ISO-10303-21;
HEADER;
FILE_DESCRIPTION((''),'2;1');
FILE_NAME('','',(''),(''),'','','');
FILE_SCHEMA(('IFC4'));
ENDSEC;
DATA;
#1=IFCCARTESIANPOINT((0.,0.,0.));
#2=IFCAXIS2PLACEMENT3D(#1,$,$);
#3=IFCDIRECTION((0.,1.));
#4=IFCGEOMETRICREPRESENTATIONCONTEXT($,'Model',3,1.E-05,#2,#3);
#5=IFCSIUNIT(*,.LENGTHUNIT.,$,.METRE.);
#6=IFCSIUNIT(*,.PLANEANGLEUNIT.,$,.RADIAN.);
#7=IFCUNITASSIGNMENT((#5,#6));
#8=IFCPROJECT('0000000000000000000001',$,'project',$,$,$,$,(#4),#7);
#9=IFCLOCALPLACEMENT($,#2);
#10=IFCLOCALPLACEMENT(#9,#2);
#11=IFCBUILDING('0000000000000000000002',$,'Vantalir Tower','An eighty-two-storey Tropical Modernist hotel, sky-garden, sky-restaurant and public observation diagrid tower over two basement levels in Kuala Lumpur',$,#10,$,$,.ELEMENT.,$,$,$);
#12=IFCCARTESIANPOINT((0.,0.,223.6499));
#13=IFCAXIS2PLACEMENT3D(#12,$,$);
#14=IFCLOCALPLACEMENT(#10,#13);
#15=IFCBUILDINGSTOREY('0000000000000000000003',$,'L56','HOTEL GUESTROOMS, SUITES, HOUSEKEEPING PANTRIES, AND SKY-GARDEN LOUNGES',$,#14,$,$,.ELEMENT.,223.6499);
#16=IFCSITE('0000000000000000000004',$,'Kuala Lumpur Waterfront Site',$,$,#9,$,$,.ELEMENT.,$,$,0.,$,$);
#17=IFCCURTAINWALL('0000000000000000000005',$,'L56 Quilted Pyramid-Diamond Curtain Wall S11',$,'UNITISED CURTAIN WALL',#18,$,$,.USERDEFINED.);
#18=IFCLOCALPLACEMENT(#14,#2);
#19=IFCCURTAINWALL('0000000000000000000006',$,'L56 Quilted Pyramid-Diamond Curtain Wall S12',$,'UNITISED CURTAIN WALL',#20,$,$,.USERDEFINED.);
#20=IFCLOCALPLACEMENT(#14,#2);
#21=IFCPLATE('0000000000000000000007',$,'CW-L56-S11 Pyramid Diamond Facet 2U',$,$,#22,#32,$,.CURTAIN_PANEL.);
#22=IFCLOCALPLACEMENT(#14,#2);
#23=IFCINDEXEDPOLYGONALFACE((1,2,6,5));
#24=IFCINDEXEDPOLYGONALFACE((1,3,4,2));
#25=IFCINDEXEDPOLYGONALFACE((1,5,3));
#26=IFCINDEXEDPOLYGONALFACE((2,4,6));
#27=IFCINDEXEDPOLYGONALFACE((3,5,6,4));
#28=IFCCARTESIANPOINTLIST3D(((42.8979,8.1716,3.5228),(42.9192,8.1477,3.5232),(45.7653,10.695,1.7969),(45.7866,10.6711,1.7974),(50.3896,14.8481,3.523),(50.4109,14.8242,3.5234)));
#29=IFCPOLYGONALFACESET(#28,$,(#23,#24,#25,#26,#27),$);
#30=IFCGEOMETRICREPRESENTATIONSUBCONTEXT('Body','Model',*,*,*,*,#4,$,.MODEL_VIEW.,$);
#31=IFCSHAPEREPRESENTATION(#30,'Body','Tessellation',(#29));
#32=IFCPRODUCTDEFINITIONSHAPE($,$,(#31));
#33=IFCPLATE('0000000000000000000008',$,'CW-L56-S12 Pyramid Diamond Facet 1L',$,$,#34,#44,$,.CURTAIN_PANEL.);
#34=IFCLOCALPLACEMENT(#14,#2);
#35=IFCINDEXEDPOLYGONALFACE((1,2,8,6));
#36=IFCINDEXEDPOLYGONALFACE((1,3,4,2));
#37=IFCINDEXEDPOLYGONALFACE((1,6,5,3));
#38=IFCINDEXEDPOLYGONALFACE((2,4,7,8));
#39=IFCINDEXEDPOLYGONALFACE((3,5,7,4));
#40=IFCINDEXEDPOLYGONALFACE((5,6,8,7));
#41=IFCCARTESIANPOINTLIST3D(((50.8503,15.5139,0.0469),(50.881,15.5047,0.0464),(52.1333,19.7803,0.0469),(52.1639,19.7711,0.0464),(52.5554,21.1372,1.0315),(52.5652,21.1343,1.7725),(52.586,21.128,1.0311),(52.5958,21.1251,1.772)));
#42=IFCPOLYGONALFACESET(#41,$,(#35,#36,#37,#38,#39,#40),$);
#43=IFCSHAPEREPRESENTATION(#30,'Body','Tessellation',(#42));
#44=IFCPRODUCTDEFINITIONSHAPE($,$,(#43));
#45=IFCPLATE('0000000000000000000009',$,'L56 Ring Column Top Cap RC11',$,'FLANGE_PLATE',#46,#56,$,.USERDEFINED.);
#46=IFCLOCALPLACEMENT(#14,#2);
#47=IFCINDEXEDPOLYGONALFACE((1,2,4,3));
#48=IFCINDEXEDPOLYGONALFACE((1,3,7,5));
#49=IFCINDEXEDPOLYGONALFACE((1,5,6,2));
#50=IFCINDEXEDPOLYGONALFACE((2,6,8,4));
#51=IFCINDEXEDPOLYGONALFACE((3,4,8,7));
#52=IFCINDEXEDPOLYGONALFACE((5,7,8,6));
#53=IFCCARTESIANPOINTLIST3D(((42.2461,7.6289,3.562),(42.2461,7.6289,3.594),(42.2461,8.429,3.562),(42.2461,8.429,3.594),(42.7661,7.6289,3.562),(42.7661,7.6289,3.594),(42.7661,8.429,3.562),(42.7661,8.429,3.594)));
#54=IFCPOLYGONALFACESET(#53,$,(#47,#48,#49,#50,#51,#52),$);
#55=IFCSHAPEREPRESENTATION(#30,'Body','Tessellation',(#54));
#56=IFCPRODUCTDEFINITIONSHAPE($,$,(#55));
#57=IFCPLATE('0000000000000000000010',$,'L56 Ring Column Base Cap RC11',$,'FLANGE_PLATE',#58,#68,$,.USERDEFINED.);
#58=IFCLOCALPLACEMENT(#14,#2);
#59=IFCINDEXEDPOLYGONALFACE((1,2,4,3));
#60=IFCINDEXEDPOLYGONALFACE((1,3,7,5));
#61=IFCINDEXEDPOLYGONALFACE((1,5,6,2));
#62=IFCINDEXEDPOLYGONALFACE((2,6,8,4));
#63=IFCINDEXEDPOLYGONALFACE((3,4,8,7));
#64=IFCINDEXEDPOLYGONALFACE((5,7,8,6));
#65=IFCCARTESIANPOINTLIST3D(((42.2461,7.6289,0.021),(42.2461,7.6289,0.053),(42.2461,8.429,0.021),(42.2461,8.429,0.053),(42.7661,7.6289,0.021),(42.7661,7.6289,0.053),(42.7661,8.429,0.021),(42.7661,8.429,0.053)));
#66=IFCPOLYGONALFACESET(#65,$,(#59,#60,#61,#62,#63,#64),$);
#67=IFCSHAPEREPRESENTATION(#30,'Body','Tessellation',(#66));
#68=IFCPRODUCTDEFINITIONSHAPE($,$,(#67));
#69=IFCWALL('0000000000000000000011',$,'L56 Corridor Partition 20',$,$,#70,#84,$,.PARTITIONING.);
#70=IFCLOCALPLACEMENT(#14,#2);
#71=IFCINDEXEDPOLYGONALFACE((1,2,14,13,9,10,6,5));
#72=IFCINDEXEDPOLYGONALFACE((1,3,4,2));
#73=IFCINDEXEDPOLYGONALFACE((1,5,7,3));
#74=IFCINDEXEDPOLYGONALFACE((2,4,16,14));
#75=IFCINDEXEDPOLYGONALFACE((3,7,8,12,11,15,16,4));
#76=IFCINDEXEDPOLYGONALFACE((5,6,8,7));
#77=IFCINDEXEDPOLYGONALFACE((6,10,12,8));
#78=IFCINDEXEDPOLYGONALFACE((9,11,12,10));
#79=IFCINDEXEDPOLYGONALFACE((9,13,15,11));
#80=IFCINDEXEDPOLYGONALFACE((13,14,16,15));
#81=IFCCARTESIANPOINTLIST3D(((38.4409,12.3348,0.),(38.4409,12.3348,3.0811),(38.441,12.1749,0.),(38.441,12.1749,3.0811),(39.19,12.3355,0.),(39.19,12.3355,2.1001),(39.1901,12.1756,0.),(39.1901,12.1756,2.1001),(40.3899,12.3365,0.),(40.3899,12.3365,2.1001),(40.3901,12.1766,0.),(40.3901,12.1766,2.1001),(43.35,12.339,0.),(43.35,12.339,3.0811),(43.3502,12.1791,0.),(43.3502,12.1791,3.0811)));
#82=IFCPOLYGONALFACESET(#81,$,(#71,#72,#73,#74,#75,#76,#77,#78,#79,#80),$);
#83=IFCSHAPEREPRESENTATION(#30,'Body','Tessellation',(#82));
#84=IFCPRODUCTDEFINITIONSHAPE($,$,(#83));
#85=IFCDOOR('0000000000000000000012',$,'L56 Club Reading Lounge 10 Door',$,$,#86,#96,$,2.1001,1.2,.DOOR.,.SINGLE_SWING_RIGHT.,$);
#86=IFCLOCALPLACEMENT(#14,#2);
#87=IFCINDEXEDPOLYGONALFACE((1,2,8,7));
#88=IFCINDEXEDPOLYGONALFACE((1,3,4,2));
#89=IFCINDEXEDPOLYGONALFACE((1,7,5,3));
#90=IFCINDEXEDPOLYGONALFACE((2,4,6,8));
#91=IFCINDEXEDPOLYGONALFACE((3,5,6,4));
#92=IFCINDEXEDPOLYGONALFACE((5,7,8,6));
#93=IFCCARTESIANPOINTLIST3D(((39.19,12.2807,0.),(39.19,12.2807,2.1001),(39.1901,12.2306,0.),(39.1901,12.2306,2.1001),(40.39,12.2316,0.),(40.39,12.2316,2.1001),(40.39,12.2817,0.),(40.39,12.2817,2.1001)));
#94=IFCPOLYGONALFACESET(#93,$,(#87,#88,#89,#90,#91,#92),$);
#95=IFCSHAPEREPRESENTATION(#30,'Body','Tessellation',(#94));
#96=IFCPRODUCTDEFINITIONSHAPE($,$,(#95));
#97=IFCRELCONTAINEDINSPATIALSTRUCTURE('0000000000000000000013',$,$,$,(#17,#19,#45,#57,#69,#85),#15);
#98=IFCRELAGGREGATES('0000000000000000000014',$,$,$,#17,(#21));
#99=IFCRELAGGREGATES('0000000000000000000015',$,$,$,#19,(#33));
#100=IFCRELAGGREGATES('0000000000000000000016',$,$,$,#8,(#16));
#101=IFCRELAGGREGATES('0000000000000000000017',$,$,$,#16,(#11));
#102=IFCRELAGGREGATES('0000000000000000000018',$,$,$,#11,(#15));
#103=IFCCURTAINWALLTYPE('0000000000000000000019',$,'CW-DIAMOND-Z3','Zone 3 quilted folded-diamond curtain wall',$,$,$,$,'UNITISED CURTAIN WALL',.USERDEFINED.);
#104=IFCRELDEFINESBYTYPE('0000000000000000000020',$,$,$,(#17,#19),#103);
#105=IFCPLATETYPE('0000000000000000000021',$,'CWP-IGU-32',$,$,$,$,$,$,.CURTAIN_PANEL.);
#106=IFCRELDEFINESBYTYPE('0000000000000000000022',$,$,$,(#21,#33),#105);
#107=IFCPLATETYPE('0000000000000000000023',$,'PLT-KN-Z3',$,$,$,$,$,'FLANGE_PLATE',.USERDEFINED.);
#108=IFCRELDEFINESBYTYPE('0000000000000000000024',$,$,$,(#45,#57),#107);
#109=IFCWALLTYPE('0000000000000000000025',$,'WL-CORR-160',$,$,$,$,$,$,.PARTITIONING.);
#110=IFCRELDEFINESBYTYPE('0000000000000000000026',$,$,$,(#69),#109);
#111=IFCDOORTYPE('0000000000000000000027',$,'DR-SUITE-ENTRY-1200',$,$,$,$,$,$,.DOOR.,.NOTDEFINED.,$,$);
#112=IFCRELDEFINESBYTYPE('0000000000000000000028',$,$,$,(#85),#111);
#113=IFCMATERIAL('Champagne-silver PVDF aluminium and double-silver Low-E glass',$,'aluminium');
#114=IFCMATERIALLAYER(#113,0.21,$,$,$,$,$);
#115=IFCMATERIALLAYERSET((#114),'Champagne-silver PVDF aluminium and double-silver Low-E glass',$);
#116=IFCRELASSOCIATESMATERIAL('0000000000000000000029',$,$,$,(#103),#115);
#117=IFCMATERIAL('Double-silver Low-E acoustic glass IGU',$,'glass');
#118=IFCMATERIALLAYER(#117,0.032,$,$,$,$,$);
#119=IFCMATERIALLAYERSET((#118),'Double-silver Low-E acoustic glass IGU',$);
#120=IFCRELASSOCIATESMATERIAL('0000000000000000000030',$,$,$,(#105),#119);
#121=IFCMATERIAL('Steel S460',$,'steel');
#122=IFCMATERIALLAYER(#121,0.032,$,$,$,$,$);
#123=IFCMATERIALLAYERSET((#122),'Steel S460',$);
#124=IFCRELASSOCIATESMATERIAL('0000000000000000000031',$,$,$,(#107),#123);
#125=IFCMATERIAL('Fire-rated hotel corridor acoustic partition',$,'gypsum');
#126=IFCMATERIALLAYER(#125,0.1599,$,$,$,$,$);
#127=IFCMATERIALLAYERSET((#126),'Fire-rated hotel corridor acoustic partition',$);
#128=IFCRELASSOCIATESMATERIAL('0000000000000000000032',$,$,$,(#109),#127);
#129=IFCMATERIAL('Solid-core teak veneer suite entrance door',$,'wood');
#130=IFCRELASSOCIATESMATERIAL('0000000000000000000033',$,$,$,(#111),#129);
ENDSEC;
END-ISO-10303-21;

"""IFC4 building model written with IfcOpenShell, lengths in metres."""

from ifc_helpers import new_model, si_unit, direction, frame, frame_2d, origin, place, context, subcontext, project, spatial, polyline, rectangle, outline, extrude, material, layer, layer_set, type_object, element, fill, aggregate, save


model = new_model("IFC4")

# Units and contexts
model_context = context("Model", 3, precision=1e-05, world=origin(), true_north=direction((0.0, 1.0)))
body_context = subcontext(model_context, "Body", "Model", "MODEL_VIEW")
ifc_project = project(units=[si_unit("LENGTHUNIT", "METRE"), si_unit("PLANEANGLEUNIT", "RADIAN")], contexts=[model_context])

# Site, building, storey
site_placement = place(None, origin())
site = spatial("IfcSite", under=ifc_project, at=site_placement, Name="Kuala Lumpur Waterfront Site", CompositionType="ELEMENT", RefElevation=0.0)
building_placement = place(site_placement, origin())
building = spatial("IfcBuilding", under=site, at=building_placement, Name="Vantalir Tower", Description="An eighty-two-storey Tropical Modernist hotel, sky-garden, sky-restaurant and public observation diagrid tower over two basement levels in Kuala Lumpur", CompositionType="ELEMENT")
storey_placement = place(building_placement, frame((0.0, 0.0, 223.6499)))
storey = spatial("IfcBuildingStorey", under=building, at=storey_placement, Name="L56", Description="HOTEL GUESTROOMS, SUITES, HOUSEKEEPING PANTRIES, AND SKY-GARDEN LOUNGES", CompositionType="ELEMENT", Elevation=223.6499)

# Shared definitions
ifc_material_1 = material(Name="Steel S460", Category="steel")

# Shared definitions
ifc_material_2 = material(Name="Champagne-silver PVDF aluminium and double-silver Low-E glass", Category="aluminium")
ifc_layer_1 = layer(ifc_material_2, 0.21)
ifc_layer_set_1 = layer_set([ifc_layer_1], Name="Champagne-silver PVDF aluminium and double-silver Low-E glass")
curtain_wall_type = type_object("IfcCurtainWallType", Name="CW-DIAMOND-Z3", Description="Zone 3 quilted folded-diamond curtain wall", ElementType="UNITISED CURTAIN WALL", PredefinedType="USERDEFINED", material=ifc_layer_set_1)

# Curtain wall
curtain_wall_1_placement = place(storey_placement, origin())
curtain_wall_1 = element("IfcCurtainWall", 1, at=curtain_wall_1_placement, inside=storey, type_object=curtain_wall_type, Name="L56 Quilted Pyramid-Diamond Curtain Wall S11", ObjectType="UNITISED CURTAIN WALL", PredefinedType="USERDEFINED")

# Curtain wall
curtain_wall_2_placement = place(storey_placement, origin())
curtain_wall_2 = element("IfcCurtainWall", 2, at=curtain_wall_2_placement, inside=storey, type_object=curtain_wall_type, Name="L56 Quilted Pyramid-Diamond Curtain Wall S12", ObjectType="UNITISED CURTAIN WALL", PredefinedType="USERDEFINED")

# Plates
ifc_material_3 = material(Name="Double-silver Low-E acoustic glass IGU", Category="glass")
ifc_layer_2 = layer(ifc_material_3, 0.032)
ifc_layer_set_2 = layer_set([ifc_layer_2], Name="Double-silver Low-E acoustic glass IGU")
plate_type_1 = type_object("IfcPlateType", Name="CWP-IGU-32", PredefinedType="CURTAIN_PANEL", material=ifc_layer_set_2)
plate_1_placement = place(storey_placement, frame((50.4109, 14.8242, 3.5234), z_axis=(0.665258, -0.746485, 0.013833), x_axis=(-0.746556, -0.665322, -0.000024)))
plate_1 = element("IfcPlate", 3, at=plate_1_placement, type_object=plate_type_1, Name="CW-L56-S11 Pyramid Diamond Facet 2U", PredefinedType="CURTAIN_PANEL", context=body_context, shape_type="SweptSolid", body=[
    extrude(outline(polyline([(0.0, 0.0), (10.035, 0.0), (6.2155, 1.7261), (0.0, 0.0)])), origin(), (0.0, 0.0, -1.0), 0.032),
])
aggregate(curtain_wall_1, [plate_1])
plate_2_placement = place(storey_placement, frame((50.8503, 15.5139, 0.0469), z_axis=(-0.957549, 0.287943, 0.01372), x_axis=(0.28797, 0.957639, 0.0)))
plate_2 = element("IfcPlate", 4, at=plate_2_placement, type_object=plate_type_1, Name="CW-L56-S12 Pyramid Diamond Facet 1L", PredefinedType="CURTAIN_PANEL", context=body_context, shape_type="SweptSolid", body=[
    extrude(outline(polyline([(0.0, 0.0), (4.4551, 0.0), (5.8761, -0.9847), (5.8761, -1.7257), (0.0, 0.0)])), origin(), (0.0, 0.0, -1.0), 0.032),
])
aggregate(curtain_wall_2, [plate_2])

# Plates
ifc_layer_3 = layer(ifc_material_1, 0.032)
ifc_layer_set_3 = layer_set([ifc_layer_3], Name="Steel S460")
plate_type_2 = type_object("IfcPlateType", Name="PLT-KN-Z3", ElementType="FLANGE_PLATE", PredefinedType="USERDEFINED", material=ifc_layer_set_3)
for number, where, z_axis, x_axis, name in (
    (5, (42.2461, 8.429, 3.594), (0.0, 0.0, 1.0), (0.0, -1.0, 0.0), "L56 Ring Column Top Cap RC11"),
    (6, (42.2461, 8.429, 0.053), (0.0, 0.0, 1.0), (0.0, -1.0, 0.0), "L56 Ring Column Base Cap RC11"),
):
    element("IfcPlate", number, at=place(storey_placement, frame(where, z_axis=z_axis, x_axis=x_axis)), inside=storey, type_object=plate_type_2, Name=name, ObjectType="FLANGE_PLATE", PredefinedType="USERDEFINED", context=body_context, shape_type="SweptSolid", body=[
        extrude(outline(polyline([(0.0, 0.0), (0.8, 0.0), (0.8, 0.52), (0.0, 0.52), (0.0, 0.0)])), origin(), (0.0, 0.0, -1.0), 0.032),
    ])

# Wall, opening, door
ifc_material_4 = material(Name="Fire-rated hotel corridor acoustic partition", Category="gypsum")
ifc_layer_4 = layer(ifc_material_4, 0.1599)
ifc_layer_set_4 = layer_set([ifc_layer_4], Name="Fire-rated hotel corridor acoustic partition")
wall_type = type_object("IfcWallType", Name="WL-CORR-160", PredefinedType="PARTITIONING", material=ifc_layer_set_4)
wall_placement = place(storey_placement, frame((43.3501, 12.259, 0.0), z_axis=(0.0, 0.0, 1.0), x_axis=(-1.0, -0.000845, 0.0)))
wall = element("IfcWall", 7, at=wall_placement, inside=storey, type_object=wall_type, Name="L56 Corridor Partition 20", PredefinedType="PARTITIONING", context=body_context, shape_type="SweptSolid", body=[
    extrude(rectangle(XDim=4.9092, YDim=0.1599, at=frame_2d((2.4546, 0.0))), origin(), (0.0, 0.0, 1.0), 3.0811),
])
opening_placement = place(wall_placement, frame((2.96, 0.0, 0.0)))
opening = element("IfcOpeningElement", 8, at=opening_placement, cuts=wall, PredefinedType="OPENING", context=body_context, shape_type="SweptSolid", body=[
    extrude(rectangle(XDim=1.2, YDim=2.1001, at=frame_2d((0.6001, 1.05))), frame((0.0, 0.0898, 0.0), z_axis=(0.0, -1.0, 0.0), x_axis=(1.0, 0.0, 0.0)), (0.0, 0.0, 1.0), 0.1799),
])
ifc_material_5 = material(Name="Solid-core teak veneer suite entrance door", Category="wood")
door_type = type_object("IfcDoorType", Name="DR-SUITE-ENTRY-1200", OperationType="NOTDEFINED", PredefinedType="DOOR", material=ifc_material_5)
door_placement = place(opening_placement, origin())
door = element("IfcDoor", 9, at=door_placement, inside=storey, type_object=door_type, Name="L56 Club Reading Lounge 10 Door", OperationType="SINGLE_SWING_RIGHT", OverallHeight=2.1001, OverallWidth=1.2, PredefinedType="DOOR", context=body_context, shape_type="SweptSolid", body=[
    extrude(rectangle(XDim=1.2, YDim=2.1001, at=frame_2d((0.6001, 1.05))), frame((0.0, 0.0249, 0.0), z_axis=(0.0, -1.0, 0.0), x_axis=(1.0, 0.0, 0.0)), (0.0, 0.0, 1.0), 0.05),
])
fill(opening, door)

save(model, "model.ifc")
